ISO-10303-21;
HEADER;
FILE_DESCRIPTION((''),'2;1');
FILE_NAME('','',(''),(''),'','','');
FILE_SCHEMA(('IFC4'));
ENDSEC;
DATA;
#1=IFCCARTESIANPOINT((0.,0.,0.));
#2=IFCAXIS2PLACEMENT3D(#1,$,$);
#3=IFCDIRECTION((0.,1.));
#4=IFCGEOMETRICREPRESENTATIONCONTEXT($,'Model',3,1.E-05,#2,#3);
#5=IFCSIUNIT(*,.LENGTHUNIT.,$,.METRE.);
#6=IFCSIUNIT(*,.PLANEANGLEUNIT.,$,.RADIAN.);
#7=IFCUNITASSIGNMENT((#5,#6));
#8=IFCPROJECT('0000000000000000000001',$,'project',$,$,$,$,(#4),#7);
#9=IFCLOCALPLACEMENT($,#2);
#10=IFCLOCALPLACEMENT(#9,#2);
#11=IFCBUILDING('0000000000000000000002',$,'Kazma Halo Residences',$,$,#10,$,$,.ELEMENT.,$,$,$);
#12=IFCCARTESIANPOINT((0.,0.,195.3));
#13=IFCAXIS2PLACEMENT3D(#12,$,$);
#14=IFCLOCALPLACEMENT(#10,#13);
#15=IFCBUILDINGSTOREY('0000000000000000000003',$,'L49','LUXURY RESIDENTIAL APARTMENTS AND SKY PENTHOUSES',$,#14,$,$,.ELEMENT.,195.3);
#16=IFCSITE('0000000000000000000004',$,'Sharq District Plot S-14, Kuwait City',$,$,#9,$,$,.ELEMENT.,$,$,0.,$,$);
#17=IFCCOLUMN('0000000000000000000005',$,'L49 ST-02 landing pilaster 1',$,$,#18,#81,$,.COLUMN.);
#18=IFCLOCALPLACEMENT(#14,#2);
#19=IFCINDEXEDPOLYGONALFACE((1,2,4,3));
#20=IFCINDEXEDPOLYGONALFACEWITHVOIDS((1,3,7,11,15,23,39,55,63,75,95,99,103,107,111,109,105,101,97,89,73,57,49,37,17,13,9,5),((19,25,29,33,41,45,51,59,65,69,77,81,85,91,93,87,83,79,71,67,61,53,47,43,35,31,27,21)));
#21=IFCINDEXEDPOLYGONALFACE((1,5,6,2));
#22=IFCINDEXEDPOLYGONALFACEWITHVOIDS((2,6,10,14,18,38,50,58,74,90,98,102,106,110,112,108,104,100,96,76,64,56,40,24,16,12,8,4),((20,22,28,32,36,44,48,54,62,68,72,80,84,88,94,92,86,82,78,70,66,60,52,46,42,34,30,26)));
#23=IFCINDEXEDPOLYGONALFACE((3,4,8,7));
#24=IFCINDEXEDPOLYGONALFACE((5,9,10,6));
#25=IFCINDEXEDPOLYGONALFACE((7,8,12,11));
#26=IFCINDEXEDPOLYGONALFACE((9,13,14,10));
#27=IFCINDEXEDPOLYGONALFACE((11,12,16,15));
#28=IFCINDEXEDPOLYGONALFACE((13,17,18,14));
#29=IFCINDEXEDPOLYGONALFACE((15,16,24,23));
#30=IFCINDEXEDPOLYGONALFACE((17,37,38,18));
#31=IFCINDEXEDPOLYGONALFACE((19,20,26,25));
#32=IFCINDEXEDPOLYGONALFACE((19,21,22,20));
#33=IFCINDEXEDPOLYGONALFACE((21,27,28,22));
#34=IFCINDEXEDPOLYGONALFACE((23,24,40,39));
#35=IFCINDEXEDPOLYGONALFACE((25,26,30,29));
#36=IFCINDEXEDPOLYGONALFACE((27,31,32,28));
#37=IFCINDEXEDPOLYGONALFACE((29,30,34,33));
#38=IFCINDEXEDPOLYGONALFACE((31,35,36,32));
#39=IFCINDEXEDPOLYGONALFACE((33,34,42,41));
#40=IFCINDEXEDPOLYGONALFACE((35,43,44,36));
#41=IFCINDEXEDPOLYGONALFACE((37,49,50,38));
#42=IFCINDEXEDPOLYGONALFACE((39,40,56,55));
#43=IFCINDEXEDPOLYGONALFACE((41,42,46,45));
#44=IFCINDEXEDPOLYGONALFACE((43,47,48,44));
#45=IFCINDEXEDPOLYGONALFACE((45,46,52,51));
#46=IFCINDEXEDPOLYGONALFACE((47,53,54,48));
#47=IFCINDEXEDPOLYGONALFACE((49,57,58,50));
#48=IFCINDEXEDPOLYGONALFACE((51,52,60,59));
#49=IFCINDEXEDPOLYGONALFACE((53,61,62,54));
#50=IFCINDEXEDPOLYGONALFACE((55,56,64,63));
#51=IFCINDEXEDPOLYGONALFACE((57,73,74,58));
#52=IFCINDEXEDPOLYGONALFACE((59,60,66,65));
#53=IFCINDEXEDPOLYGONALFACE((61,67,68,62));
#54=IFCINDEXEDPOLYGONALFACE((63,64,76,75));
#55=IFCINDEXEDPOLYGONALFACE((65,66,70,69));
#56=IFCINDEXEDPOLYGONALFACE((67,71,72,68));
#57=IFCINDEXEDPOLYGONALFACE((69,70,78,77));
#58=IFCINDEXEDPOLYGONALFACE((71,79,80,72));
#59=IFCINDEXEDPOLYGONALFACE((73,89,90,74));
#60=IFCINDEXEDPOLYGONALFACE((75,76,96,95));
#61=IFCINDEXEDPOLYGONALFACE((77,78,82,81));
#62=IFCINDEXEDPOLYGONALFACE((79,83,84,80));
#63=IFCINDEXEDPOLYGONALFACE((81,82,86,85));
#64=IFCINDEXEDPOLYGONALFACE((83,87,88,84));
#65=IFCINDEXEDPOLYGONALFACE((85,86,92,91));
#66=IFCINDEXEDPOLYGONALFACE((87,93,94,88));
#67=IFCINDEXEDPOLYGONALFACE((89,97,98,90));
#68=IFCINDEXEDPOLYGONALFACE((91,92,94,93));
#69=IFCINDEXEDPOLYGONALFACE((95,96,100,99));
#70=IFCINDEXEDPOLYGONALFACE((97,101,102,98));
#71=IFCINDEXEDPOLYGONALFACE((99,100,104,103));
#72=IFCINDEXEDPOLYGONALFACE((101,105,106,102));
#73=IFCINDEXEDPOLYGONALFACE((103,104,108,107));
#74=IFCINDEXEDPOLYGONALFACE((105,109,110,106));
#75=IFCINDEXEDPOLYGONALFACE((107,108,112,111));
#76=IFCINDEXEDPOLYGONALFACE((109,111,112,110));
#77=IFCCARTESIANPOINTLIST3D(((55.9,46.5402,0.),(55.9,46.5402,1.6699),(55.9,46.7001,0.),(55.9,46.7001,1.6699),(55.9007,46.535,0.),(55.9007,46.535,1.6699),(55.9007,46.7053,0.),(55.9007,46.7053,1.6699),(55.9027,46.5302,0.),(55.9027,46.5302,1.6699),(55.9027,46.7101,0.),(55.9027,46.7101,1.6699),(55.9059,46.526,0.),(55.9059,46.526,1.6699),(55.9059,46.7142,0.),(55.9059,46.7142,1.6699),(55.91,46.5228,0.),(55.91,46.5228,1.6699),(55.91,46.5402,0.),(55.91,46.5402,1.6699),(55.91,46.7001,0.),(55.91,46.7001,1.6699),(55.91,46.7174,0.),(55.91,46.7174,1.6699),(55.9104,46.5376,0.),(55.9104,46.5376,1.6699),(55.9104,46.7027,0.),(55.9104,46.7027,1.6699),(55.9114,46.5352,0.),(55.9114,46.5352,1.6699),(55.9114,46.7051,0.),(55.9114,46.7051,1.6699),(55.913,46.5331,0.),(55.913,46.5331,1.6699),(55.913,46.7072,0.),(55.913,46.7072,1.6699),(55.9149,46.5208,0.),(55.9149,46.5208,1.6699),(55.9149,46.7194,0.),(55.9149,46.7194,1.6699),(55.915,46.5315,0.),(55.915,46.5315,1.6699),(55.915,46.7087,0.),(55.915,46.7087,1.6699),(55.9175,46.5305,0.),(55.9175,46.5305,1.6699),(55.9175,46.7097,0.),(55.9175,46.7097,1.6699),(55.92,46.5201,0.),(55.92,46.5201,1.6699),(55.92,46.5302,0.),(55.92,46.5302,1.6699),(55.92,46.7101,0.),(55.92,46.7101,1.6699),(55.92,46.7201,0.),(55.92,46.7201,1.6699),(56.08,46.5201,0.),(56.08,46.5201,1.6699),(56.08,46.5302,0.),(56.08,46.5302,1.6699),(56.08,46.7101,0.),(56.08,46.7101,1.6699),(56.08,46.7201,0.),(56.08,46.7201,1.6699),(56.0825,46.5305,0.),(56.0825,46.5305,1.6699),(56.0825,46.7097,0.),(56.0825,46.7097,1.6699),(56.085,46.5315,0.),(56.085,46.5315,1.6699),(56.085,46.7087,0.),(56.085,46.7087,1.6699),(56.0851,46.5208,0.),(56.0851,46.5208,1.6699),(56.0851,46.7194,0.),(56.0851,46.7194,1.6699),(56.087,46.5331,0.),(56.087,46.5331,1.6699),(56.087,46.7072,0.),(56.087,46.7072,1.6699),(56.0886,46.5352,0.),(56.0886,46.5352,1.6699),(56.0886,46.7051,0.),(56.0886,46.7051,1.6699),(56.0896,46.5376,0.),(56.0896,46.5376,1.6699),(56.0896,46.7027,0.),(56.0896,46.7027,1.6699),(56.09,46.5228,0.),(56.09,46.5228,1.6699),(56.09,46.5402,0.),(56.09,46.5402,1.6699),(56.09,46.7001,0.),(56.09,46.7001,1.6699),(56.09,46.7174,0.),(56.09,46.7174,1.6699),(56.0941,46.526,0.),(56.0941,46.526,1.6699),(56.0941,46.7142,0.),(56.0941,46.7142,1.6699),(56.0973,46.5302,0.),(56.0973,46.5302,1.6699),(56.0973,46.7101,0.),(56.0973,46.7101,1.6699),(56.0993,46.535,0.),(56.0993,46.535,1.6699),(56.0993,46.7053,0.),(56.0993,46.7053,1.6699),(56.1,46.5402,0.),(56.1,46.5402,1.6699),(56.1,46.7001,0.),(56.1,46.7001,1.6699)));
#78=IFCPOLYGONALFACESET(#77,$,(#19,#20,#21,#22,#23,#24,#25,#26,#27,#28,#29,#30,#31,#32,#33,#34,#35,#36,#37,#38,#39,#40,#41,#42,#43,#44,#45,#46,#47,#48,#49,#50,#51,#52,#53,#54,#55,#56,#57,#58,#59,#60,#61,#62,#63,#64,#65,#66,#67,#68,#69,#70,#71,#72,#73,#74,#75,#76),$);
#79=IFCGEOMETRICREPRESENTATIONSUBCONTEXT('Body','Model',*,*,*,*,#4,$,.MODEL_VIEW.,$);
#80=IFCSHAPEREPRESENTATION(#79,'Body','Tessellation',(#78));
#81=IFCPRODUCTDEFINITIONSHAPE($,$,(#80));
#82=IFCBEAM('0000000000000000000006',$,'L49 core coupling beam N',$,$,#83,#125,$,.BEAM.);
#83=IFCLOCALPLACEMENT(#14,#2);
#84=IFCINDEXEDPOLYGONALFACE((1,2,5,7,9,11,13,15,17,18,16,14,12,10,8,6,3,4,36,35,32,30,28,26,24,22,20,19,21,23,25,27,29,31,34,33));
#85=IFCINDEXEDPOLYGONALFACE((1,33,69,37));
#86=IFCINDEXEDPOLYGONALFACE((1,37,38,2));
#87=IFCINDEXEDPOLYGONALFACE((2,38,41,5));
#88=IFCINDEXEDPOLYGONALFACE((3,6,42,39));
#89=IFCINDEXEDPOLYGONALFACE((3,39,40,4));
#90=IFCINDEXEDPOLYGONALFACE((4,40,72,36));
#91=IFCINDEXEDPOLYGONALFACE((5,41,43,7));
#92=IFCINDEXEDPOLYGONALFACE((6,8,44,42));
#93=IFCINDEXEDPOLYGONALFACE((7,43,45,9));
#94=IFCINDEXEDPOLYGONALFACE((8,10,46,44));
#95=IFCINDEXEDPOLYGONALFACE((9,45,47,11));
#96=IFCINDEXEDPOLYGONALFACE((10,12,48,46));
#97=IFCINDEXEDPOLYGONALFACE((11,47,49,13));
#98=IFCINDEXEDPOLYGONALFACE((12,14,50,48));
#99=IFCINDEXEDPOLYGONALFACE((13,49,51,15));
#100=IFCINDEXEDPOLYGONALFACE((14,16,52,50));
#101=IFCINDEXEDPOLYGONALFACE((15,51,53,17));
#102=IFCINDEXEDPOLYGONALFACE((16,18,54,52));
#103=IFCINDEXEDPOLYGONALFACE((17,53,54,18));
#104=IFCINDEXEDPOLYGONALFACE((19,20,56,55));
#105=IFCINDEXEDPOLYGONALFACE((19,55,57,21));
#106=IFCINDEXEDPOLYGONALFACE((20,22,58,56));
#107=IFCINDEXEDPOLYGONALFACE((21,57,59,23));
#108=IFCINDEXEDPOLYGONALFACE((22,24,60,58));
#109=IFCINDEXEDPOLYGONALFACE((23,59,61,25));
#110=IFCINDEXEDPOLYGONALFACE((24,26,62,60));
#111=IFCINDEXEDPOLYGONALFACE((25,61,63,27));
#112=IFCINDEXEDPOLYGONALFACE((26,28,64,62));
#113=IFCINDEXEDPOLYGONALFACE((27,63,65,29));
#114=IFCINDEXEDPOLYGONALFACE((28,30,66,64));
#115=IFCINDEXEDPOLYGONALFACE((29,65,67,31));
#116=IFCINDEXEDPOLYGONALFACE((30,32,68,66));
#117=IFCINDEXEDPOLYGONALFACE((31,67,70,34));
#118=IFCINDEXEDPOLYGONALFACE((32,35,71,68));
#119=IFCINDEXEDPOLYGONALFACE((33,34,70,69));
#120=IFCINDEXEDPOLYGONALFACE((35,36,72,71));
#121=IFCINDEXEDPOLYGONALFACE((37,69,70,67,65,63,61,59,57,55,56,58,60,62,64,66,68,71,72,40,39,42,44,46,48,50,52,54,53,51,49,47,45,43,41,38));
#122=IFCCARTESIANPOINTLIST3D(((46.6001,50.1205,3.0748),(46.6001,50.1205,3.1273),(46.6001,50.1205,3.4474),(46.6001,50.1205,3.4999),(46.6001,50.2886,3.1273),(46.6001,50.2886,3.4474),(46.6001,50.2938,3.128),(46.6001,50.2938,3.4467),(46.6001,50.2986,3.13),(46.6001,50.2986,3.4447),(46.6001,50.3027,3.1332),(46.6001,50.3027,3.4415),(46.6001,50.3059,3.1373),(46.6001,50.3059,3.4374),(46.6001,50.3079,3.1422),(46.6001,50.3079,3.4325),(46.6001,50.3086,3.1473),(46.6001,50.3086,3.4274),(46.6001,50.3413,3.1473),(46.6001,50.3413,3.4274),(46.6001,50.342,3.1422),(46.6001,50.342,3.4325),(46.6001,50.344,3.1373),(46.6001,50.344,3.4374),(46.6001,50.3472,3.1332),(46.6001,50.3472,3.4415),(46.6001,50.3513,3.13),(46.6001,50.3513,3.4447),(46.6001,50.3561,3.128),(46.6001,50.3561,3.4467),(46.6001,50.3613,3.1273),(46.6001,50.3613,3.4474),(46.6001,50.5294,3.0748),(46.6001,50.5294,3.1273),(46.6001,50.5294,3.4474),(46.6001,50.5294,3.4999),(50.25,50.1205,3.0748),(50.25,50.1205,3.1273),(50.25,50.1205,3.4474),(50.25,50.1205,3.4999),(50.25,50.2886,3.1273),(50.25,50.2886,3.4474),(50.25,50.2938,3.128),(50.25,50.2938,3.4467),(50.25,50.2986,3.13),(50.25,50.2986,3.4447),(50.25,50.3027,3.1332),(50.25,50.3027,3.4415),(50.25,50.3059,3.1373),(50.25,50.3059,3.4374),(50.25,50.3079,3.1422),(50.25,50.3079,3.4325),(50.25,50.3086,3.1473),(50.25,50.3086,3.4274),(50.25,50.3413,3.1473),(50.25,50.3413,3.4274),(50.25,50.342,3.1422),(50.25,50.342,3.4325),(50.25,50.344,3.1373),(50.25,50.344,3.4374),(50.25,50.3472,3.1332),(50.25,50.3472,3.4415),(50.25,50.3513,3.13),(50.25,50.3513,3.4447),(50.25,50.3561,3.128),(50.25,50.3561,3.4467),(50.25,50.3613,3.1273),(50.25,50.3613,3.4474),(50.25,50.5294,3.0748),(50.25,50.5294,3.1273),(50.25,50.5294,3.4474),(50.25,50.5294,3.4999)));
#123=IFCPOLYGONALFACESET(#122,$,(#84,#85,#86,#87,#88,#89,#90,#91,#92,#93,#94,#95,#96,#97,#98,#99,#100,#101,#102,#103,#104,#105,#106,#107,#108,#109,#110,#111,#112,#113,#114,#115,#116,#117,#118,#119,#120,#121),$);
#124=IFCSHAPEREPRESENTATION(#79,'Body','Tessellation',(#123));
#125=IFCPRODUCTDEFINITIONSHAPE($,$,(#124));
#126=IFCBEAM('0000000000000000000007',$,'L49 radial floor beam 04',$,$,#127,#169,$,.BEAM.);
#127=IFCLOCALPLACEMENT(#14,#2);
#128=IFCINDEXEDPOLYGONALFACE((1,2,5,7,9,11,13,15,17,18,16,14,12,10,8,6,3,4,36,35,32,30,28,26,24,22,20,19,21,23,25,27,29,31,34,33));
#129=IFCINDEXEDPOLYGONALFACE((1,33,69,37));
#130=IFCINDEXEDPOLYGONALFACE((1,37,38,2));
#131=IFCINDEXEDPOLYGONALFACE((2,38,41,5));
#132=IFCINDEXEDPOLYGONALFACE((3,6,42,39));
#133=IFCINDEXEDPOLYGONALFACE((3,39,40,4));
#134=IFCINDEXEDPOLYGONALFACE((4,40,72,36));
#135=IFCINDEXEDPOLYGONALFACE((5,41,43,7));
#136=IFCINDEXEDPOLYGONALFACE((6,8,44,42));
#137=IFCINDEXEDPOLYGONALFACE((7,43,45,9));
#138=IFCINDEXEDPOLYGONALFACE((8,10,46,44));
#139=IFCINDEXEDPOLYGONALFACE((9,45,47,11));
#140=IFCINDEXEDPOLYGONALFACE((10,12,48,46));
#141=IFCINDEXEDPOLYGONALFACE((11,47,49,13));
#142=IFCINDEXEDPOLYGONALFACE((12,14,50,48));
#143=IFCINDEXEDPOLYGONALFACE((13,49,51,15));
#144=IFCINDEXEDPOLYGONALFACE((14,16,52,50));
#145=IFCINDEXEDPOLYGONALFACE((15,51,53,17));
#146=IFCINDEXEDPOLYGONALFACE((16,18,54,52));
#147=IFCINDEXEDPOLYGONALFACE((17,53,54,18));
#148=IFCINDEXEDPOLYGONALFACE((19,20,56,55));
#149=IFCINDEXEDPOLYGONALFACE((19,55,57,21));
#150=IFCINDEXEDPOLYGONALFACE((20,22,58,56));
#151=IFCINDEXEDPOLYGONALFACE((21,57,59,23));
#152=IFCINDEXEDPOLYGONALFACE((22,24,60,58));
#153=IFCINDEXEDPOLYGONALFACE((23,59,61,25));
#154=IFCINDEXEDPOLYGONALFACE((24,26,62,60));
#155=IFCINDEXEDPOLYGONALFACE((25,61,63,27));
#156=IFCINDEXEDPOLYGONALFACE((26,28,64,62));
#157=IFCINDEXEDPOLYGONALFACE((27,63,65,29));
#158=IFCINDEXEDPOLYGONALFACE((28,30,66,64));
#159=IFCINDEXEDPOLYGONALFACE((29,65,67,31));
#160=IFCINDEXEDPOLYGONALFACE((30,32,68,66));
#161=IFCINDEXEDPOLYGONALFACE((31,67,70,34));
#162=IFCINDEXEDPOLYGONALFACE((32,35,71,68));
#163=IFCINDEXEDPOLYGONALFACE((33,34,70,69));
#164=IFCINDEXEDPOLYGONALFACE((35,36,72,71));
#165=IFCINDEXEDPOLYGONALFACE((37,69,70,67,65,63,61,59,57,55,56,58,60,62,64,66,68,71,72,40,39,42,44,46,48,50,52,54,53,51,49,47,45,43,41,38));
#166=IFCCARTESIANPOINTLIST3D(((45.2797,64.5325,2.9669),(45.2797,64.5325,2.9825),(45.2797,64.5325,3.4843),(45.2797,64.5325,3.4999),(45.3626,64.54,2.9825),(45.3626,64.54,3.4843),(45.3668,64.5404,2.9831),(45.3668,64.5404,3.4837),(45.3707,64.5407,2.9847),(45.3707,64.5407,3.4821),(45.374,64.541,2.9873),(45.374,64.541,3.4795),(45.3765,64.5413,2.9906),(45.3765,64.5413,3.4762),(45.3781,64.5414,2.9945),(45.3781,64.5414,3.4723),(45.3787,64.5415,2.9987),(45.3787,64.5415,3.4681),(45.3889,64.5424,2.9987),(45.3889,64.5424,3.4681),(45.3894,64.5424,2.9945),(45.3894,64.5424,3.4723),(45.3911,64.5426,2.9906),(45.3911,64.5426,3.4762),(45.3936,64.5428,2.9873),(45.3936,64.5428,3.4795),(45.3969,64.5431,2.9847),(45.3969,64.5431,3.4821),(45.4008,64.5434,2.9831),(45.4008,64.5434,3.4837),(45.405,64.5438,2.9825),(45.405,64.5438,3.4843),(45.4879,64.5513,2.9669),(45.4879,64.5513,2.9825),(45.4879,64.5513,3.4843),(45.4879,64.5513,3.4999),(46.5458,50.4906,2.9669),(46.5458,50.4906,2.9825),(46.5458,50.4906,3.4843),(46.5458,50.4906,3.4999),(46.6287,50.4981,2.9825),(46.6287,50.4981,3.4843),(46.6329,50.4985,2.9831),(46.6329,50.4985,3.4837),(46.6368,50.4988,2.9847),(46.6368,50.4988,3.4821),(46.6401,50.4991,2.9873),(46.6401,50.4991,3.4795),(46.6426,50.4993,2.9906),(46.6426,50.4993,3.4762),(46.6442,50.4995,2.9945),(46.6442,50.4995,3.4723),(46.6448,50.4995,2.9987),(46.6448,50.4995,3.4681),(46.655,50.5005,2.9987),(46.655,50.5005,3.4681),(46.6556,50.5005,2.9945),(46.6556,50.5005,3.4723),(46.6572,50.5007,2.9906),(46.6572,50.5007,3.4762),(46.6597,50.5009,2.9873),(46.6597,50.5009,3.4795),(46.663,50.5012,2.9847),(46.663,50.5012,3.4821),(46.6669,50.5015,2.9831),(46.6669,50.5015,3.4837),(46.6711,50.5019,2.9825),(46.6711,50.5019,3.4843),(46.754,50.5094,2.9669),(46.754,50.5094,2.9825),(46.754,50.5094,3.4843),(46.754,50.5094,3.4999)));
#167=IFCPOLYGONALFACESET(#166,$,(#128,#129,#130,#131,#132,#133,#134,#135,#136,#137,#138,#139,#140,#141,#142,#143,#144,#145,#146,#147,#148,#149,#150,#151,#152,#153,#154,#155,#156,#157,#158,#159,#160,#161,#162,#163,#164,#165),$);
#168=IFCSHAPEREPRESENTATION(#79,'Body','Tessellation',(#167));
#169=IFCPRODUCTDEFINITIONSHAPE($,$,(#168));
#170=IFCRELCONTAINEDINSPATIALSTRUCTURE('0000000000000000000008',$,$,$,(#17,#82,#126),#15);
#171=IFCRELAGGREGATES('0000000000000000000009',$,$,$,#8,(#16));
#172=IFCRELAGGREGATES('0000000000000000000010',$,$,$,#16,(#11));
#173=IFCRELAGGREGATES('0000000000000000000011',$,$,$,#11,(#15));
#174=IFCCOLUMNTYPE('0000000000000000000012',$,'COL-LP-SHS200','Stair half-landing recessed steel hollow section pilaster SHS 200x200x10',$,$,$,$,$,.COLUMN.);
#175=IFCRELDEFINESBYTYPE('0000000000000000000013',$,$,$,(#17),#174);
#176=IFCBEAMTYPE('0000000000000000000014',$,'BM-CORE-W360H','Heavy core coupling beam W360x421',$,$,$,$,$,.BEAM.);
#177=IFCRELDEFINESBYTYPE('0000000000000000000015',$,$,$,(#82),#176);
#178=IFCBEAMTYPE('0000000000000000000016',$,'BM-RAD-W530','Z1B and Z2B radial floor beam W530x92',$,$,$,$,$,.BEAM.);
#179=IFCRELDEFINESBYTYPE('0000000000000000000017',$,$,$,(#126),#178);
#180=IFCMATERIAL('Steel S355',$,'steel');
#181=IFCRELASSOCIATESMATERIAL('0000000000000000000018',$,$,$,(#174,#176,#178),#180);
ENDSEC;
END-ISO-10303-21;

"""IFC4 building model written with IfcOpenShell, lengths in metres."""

from ifc_helpers import new_model, si_unit, direction, frame, origin, origin_2d, place, context, subcontext, project, spatial, hollow_rectangle, i_section, extrude, material, material_profile, profile_set, type_object, element, save


model = new_model("IFC4")

# Units and contexts
model_context = context("Model", 3, precision=1e-05, world=origin(), true_north=direction((0.0, 1.0)))
body_context = subcontext(model_context, "Body", "Model", "MODEL_VIEW")
ifc_project = project(units=[si_unit("LENGTHUNIT", "METRE"), si_unit("PLANEANGLEUNIT", "RADIAN")], contexts=[model_context])

# Site, building, storey
site_placement = place(None, origin())
site = spatial("IfcSite", under=ifc_project, at=site_placement, Name="Sharq District Plot S-14, Kuwait City", CompositionType="ELEMENT", RefElevation=0.0)
building_placement = place(site_placement, origin())
building = spatial("IfcBuilding", under=site, at=building_placement, Name="Kazma Halo Residences", CompositionType="ELEMENT")
storey_placement = place(building_placement, frame((0.0, 0.0, 195.3)))
storey = spatial("IfcBuildingStorey", under=building, at=storey_placement, Name="L49", Description="LUXURY RESIDENTIAL APARTMENTS AND SKY PENTHOUSES", CompositionType="ELEMENT", Elevation=195.3)

# Column
ifc_material_1 = material(Name="Steel S355", Category="steel")
ifc_material_profile_1 = material_profile(ifc_material_1, hollow_rectangle(XDim=0.2, YDim=0.2, WallThickness=0.01, InnerFilletRadius=0.01, OuterFilletRadius=0.02, at=origin_2d()), Name="SHS200x200x10")
ifc_profile_set_1 = profile_set([ifc_material_profile_1], Name="Steel S355")
column_type = type_object("IfcColumnType", Name="COL-LP-SHS200", Description="Stair half-landing recessed steel hollow section pilaster SHS 200x200x10", PredefinedType="COLUMN", material=ifc_profile_set_1)
column_placement = place(storey_placement, frame((56.0, 46.6201, 0.0), z_axis=(0.0, 0.0, 1.0), x_axis=(1.0, 0.0, 0.0)))
element("IfcColumn", 1, at=column_placement, inside=storey, type_object=column_type, Name="L49 ST-02 landing pilaster 1", PredefinedType="COLUMN", context=body_context, shape_type="SweptSolid", body=[
    extrude(hollow_rectangle(XDim=0.2, YDim=0.2, WallThickness=0.01, InnerFilletRadius=0.01, OuterFilletRadius=0.02, at=origin_2d()), origin(), (0.0, 0.0, 1.0), 1.6699),
])

# Beams
ifc_material_profile_2 = material_profile(ifc_material_1, i_section(OverallWidth=0.4089, OverallDepth=0.425, WebThickness=0.0327, FlangeThickness=0.0525, FilletRadius=0.02, at=origin_2d()), Name="W360x421")
ifc_profile_set_2 = profile_set([ifc_material_profile_2], Name="Steel S355")
beam_type_1 = type_object("IfcBeamType", Name="BM-CORE-W360H", Description="Heavy core coupling beam W360x421", PredefinedType="BEAM", material=ifc_profile_set_2)
beam_1_placement = place(storey_placement, frame((46.6001, 50.325, 3.2874), z_axis=(1.0, 0.0, 0.0), x_axis=(0.0, 1.0, 0.0)))
element("IfcBeam", 2, at=beam_1_placement, inside=storey, type_object=beam_type_1, Name="L49 core coupling beam N", PredefinedType="BEAM", context=body_context, shape_type="SweptSolid", body=[
    extrude(i_section(OverallWidth=0.4089, OverallDepth=0.425, WebThickness=0.0327, FlangeThickness=0.0525, FilletRadius=0.02, at=origin_2d()), origin(), (0.0, 0.0, 1.0), 3.6499),
])
ifc_material_profile_3 = material_profile(ifc_material_1, i_section(OverallWidth=0.209, OverallDepth=0.533, WebThickness=0.0103, FlangeThickness=0.0156, FilletRadius=0.0161, at=origin_2d()), Name="W530x92")
ifc_profile_set_3 = profile_set([ifc_material_profile_3], Name="Steel S355")
beam_type_2 = type_object("IfcBeamType", Name="BM-RAD-W530", Description="Z1B and Z2B radial floor beam W530x92", PredefinedType="BEAM", material=ifc_profile_set_3)
beam_2_placement = place(storey_placement, frame((46.6499, 50.5, 3.2334), z_axis=(-0.089802, 0.99596, 0.0), x_axis=(-0.99596, -0.089802, 0.0)))
element("IfcBeam", 3, at=beam_2_placement, inside=storey, type_object=beam_type_2, Name="L49 radial floor beam 04", PredefinedType="BEAM", context=body_context, shape_type="SweptSolid", body=[
    extrude(i_section(OverallWidth=0.209, OverallDepth=0.533, WebThickness=0.0103, FlangeThickness=0.0156, FilletRadius=0.0161, at=origin_2d()), origin(), (0.0, 0.0, 1.0), 14.0989),
])

save(model, "model.ifc")
